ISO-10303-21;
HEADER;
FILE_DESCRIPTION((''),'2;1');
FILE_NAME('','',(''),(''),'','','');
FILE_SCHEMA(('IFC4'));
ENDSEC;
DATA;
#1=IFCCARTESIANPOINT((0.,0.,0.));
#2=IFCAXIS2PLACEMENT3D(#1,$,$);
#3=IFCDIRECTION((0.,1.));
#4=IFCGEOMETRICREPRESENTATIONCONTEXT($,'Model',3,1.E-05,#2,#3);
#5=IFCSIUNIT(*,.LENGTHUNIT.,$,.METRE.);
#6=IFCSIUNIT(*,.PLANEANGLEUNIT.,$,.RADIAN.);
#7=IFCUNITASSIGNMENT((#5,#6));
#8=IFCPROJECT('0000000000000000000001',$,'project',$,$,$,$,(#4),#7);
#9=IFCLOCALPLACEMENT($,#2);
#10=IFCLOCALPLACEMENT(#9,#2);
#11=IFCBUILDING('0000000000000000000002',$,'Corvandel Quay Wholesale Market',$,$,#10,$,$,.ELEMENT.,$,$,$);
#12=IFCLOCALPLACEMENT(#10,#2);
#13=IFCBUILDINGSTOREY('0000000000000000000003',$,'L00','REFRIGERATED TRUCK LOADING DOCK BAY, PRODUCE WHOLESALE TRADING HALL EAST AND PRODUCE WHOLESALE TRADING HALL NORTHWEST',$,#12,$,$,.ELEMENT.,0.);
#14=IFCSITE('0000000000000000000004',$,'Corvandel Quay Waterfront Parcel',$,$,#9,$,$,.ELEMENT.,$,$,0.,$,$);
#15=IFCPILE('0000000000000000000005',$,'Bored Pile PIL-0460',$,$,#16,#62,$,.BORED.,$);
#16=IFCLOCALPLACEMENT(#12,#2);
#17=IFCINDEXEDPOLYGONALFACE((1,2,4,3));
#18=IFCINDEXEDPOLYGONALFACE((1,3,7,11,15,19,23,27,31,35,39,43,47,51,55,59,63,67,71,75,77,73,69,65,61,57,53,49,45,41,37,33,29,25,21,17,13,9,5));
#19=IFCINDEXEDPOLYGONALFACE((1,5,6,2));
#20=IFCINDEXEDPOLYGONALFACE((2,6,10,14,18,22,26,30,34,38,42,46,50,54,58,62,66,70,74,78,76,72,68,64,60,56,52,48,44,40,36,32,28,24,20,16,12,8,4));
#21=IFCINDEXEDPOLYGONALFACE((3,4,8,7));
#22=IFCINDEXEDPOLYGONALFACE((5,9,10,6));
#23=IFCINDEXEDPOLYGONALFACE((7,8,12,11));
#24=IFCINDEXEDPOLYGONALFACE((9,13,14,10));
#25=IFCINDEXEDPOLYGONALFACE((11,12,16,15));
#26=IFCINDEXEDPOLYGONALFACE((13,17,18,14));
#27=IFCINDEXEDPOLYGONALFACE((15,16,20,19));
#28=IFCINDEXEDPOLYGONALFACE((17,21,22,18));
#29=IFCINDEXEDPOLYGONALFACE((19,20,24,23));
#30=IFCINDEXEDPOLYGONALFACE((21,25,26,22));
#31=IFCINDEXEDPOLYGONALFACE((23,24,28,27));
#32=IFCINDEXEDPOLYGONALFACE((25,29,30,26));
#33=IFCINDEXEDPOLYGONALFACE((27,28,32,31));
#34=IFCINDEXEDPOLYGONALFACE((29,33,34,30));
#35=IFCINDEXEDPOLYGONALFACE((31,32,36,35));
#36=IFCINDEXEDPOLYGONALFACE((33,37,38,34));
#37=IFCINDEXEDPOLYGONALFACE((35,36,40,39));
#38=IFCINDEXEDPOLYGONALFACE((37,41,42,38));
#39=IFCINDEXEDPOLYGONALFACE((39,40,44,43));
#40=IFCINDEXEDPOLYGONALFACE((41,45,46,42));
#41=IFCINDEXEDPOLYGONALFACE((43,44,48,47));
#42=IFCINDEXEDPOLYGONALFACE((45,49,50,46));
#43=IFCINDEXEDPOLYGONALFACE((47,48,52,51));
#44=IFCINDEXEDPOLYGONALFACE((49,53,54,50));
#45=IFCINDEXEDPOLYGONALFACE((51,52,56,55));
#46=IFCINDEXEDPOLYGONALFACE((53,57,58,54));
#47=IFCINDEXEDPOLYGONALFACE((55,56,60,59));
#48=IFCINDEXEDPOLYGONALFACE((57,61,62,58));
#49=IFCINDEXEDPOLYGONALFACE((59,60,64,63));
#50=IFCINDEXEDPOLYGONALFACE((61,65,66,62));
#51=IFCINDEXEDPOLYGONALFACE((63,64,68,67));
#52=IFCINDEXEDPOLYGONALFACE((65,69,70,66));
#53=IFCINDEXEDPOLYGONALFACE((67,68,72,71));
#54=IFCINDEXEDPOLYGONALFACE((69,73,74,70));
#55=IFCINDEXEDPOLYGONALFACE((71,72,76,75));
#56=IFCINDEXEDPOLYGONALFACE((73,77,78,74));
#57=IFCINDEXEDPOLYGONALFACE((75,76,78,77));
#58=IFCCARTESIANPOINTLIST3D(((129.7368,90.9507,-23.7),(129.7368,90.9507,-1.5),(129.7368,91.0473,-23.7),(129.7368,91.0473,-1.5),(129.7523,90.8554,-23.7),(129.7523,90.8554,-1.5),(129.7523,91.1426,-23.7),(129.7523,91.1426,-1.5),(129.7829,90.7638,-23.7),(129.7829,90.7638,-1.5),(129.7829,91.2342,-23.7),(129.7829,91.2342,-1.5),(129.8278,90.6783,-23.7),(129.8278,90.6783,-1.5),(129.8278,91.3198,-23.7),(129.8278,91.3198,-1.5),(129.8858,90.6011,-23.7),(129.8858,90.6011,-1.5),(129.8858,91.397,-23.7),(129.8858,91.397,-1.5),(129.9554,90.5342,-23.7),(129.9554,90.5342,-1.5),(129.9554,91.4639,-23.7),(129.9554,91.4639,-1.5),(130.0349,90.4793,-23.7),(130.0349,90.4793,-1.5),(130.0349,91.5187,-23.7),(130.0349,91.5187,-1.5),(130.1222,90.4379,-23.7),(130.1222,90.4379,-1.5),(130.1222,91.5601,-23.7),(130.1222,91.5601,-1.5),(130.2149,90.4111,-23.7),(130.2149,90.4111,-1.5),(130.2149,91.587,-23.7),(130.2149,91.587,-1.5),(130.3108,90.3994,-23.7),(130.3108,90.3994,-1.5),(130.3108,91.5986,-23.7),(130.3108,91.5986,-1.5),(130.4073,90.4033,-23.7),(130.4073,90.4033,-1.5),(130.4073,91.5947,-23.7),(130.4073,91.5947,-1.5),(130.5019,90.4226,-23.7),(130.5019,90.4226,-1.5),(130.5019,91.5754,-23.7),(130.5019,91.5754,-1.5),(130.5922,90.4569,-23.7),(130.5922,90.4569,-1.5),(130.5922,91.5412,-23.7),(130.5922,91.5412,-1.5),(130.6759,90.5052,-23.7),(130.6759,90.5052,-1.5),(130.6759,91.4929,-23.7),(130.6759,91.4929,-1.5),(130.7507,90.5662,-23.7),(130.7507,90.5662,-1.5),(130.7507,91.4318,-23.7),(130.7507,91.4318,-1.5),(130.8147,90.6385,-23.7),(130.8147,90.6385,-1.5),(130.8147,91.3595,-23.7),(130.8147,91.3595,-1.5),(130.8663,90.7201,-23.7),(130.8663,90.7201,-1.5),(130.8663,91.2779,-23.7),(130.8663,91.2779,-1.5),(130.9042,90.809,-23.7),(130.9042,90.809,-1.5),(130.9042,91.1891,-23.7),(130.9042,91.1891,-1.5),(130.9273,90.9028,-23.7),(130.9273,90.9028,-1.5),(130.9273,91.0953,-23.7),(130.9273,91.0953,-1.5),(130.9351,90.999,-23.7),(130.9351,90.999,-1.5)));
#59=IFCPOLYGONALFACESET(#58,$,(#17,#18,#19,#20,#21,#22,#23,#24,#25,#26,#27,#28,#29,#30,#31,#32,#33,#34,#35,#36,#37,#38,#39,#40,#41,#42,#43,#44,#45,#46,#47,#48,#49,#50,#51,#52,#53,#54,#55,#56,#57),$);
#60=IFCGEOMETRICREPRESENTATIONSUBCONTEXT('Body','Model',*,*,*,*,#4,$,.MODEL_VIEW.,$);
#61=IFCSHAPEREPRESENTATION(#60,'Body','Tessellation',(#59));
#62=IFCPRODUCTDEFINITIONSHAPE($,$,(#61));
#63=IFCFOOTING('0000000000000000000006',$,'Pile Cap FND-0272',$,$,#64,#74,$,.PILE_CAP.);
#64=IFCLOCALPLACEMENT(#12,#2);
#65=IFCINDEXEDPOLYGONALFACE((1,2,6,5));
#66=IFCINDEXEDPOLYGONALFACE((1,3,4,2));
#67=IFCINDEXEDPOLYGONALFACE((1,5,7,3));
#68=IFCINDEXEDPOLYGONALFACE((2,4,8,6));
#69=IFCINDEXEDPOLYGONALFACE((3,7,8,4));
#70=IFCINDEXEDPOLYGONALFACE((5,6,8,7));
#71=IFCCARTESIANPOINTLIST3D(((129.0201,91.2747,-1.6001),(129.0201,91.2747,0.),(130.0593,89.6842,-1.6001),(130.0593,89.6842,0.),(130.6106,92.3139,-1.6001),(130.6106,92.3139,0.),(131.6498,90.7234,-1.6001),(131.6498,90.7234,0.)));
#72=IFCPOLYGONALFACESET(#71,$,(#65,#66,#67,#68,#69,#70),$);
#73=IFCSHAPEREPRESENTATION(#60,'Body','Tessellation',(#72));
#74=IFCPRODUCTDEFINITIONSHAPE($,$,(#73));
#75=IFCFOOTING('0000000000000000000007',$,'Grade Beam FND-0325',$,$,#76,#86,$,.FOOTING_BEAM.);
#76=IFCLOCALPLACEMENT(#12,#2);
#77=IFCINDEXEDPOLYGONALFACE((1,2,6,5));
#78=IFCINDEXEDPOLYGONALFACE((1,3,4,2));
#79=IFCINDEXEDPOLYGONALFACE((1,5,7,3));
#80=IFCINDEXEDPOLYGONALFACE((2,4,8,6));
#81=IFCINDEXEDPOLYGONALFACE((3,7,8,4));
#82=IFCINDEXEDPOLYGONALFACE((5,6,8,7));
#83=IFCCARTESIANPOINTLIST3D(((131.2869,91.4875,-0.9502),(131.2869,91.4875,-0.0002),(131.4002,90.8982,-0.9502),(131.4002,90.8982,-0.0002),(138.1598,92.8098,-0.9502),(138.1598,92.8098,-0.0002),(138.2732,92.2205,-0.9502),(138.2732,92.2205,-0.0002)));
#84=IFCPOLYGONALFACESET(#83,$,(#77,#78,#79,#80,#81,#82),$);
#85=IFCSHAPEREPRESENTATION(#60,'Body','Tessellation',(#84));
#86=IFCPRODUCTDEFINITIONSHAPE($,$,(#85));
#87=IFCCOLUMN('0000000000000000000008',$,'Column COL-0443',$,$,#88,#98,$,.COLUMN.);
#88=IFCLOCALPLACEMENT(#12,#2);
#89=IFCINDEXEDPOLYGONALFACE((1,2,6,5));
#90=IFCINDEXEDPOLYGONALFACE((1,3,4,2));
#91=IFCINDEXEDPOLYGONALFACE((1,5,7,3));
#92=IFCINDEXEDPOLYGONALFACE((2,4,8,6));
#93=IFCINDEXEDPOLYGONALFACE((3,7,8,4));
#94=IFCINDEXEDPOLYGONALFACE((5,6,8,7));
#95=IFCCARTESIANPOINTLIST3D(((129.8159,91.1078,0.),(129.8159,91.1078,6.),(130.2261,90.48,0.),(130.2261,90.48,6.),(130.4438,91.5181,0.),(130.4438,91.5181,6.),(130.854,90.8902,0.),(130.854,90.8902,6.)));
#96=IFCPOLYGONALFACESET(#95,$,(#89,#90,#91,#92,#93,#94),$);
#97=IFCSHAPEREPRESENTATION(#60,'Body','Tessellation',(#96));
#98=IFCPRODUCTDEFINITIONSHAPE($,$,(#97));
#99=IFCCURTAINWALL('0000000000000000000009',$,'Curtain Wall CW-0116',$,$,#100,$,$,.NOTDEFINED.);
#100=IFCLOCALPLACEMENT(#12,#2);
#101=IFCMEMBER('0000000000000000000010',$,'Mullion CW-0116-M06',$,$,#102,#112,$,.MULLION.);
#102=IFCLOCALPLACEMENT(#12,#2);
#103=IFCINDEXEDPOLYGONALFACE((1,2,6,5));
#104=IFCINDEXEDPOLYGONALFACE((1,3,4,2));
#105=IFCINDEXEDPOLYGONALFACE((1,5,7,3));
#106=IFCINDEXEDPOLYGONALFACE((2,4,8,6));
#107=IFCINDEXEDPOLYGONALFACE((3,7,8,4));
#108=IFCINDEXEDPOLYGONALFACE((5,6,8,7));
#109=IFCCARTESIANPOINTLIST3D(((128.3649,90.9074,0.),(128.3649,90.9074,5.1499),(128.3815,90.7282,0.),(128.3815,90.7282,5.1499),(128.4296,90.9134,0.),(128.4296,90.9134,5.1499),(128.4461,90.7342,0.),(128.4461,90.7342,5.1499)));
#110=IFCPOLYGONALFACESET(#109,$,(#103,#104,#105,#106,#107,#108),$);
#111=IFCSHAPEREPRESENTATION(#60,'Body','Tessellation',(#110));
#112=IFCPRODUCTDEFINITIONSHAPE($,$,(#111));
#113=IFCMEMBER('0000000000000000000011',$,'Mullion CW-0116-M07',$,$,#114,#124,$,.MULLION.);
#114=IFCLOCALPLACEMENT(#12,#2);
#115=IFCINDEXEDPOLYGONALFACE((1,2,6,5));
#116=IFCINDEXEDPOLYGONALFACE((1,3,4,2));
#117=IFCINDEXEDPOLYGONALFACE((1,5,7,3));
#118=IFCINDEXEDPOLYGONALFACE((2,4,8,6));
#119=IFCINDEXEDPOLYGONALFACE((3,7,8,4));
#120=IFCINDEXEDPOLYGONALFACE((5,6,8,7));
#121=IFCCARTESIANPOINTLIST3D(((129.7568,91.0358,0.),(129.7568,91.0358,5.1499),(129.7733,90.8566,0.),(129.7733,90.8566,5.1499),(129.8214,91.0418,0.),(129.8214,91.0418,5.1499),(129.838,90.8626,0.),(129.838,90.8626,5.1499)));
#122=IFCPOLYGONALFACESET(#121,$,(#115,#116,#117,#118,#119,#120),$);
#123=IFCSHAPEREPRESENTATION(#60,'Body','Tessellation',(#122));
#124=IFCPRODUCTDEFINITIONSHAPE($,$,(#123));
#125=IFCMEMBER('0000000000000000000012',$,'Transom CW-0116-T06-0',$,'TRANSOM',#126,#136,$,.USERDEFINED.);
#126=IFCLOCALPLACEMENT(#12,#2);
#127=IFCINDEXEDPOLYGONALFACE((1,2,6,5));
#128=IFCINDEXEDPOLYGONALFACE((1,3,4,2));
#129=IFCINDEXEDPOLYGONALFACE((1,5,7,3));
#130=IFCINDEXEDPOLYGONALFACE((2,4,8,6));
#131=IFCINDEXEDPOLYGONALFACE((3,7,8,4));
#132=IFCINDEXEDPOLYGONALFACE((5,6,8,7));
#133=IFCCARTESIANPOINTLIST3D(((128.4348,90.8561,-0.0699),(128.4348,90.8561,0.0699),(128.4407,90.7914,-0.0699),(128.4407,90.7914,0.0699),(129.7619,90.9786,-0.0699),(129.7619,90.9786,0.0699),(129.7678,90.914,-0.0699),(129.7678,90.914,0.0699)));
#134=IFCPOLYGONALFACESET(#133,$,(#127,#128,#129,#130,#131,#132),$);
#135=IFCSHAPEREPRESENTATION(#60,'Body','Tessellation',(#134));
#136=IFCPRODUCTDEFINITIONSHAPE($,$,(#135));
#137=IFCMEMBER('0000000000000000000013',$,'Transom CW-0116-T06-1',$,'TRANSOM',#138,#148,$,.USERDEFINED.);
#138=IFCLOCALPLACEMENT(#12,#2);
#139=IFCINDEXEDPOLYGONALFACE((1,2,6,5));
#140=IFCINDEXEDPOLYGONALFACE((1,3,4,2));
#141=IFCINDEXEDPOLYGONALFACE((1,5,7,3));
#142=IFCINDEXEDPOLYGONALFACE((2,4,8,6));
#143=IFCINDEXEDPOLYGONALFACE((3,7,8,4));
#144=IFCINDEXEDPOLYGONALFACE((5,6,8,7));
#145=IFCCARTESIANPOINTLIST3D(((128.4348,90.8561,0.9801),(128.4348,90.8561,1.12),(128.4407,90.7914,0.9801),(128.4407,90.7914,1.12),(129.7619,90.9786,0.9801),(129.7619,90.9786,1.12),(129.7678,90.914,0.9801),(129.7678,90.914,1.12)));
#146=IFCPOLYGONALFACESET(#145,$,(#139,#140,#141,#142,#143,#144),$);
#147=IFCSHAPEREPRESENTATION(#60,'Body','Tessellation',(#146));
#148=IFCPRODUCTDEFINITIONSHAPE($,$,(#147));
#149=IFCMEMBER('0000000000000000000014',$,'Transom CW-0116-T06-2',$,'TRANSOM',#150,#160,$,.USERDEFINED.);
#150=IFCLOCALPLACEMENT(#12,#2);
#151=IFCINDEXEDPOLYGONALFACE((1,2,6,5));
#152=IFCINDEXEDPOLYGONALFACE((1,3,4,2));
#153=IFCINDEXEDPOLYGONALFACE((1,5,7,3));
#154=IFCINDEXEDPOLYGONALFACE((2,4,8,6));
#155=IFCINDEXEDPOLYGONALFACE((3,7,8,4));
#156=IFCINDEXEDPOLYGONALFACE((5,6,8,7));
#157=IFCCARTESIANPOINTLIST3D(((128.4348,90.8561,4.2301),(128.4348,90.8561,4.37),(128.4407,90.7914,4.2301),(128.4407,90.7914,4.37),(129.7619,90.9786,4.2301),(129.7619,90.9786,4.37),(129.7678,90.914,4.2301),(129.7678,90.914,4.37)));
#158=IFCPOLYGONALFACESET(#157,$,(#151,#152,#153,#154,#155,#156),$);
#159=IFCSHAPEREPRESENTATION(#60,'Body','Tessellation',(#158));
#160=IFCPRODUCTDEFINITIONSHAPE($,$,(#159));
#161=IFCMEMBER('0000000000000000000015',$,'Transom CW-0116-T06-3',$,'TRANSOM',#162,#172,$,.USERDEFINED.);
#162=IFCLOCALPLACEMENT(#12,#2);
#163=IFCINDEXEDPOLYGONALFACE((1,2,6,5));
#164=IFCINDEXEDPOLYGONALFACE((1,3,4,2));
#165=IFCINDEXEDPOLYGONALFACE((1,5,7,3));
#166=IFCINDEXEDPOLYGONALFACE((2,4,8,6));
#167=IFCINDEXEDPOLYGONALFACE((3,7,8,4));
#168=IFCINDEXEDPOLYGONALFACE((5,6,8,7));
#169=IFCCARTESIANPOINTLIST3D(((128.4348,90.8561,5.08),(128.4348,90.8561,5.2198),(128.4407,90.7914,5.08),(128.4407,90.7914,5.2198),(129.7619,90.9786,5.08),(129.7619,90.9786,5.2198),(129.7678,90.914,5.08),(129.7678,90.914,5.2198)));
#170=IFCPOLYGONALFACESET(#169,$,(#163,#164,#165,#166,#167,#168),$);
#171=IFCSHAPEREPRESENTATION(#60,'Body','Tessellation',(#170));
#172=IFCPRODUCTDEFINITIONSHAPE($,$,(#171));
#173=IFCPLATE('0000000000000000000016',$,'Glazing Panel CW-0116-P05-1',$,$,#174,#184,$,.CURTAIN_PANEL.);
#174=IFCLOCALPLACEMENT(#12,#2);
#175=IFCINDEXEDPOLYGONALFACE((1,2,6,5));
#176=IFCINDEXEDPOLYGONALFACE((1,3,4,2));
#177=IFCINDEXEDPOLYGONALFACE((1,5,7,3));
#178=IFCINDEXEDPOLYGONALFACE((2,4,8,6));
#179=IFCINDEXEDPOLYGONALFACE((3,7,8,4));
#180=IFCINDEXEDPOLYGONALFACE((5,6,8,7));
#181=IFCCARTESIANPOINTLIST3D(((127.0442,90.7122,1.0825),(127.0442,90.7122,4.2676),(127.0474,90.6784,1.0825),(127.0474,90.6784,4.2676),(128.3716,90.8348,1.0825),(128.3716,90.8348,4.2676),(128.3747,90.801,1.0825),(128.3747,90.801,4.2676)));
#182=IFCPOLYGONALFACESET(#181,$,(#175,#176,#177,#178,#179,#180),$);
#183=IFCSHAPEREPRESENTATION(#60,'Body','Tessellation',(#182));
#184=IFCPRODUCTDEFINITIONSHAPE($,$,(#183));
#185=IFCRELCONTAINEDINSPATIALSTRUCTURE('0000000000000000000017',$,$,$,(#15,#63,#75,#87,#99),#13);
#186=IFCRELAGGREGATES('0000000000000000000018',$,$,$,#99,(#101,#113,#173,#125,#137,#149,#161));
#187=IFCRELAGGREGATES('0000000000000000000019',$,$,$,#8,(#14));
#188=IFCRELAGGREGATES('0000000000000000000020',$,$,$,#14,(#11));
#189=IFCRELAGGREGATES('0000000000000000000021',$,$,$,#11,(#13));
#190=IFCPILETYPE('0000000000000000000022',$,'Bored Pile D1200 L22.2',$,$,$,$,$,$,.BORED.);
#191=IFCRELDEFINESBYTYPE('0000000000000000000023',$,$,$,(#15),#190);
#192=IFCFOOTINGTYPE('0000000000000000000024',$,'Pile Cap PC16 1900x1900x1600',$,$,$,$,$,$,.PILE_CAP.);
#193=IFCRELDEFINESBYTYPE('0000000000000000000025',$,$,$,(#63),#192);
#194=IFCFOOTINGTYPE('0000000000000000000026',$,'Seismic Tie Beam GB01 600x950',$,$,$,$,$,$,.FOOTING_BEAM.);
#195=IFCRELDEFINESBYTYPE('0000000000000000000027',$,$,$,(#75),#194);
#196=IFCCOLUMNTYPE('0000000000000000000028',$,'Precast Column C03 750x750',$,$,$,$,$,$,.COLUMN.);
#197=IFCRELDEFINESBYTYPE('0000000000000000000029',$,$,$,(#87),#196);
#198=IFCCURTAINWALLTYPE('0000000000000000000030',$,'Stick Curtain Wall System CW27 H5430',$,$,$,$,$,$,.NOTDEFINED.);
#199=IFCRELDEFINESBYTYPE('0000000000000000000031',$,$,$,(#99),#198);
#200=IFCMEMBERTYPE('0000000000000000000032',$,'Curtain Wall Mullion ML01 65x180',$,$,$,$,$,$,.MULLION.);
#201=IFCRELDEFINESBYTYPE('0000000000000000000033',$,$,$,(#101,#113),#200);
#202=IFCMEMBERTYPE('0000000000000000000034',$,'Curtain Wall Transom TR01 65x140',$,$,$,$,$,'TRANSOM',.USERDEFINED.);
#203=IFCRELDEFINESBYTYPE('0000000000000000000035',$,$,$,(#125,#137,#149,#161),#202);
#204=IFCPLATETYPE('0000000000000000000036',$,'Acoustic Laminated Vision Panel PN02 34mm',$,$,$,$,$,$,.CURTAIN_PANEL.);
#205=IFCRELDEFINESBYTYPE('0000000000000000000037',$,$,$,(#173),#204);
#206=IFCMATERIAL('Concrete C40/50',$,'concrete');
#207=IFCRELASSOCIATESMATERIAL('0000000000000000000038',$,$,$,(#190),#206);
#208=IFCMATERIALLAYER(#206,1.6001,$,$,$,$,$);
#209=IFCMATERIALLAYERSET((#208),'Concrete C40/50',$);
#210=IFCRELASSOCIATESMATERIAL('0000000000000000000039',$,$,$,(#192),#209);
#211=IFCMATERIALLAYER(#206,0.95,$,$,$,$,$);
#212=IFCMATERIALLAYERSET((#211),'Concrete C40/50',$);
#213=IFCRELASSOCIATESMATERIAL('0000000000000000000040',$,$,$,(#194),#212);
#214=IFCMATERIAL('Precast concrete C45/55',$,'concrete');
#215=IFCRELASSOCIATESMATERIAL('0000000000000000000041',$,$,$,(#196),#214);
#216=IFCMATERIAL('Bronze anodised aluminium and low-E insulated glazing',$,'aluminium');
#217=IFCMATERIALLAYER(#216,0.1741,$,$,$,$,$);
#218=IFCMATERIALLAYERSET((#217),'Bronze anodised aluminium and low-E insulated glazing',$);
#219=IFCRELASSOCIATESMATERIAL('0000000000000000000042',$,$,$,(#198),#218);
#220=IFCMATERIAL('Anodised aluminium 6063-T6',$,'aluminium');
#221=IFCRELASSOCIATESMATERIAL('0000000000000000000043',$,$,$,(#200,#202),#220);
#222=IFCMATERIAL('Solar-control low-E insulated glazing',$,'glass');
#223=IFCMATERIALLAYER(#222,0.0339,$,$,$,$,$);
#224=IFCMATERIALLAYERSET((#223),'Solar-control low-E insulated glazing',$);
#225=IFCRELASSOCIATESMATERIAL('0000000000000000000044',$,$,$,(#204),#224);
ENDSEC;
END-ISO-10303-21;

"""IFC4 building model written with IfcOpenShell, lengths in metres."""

from ifc_helpers import new_model, si_unit, direction, frame, origin, origin_2d, place, context, subcontext, project, spatial, rectangle, circle, extrude, material, layer, layer_set, material_profile, profile_set, type_object, element, aggregate, save


model = new_model("IFC4")

# Units and contexts
model_context = context("Model", 3, precision=1e-05, world=origin(), true_north=direction((0.0, 1.0)))
body_context = subcontext(model_context, "Body", "Model", "MODEL_VIEW")
ifc_project = project(units=[si_unit("LENGTHUNIT", "METRE"), si_unit("PLANEANGLEUNIT", "RADIAN")], contexts=[model_context])

# Site, building, storey
site_placement = place(None, origin())
site = spatial("IfcSite", under=ifc_project, at=site_placement, Name="Corvandel Quay Waterfront Parcel", CompositionType="ELEMENT", RefElevation=0.0)
building_placement = place(site_placement, origin())
building = spatial("IfcBuilding", under=site, at=building_placement, Name="Corvandel Quay Wholesale Market", CompositionType="ELEMENT")
storey_placement = place(building_placement, origin())
storey = spatial("IfcBuildingStorey", under=building, at=storey_placement, Name="L00", Description="REFRIGERATED TRUCK LOADING DOCK BAY, PRODUCE WHOLESALE TRADING HALL EAST AND PRODUCE WHOLESALE TRADING HALL NORTHWEST", CompositionType="ELEMENT", Elevation=0.0)

# Pile
ifc_material_1 = material(Name="Concrete C40/50", Category="concrete")
ifc_material_profile_1 = material_profile(ifc_material_1, circle(Radius=0.6001, at=origin_2d()), Name="RC-PILE-D1200")
ifc_profile_set_1 = profile_set([ifc_material_profile_1], Name="Concrete C40/50")
pile_type = type_object("IfcPileType", Name="Bored Pile D1200 L22.2", PredefinedType="BORED", material=ifc_profile_set_1)
pile_placement = place(storey_placement, frame((130.335, 90.999, -1.5), z_axis=(0.0, 0.0, -1.0), x_axis=(1.0, 0.0, 0.0)))
element("IfcPile", 1, at=pile_placement, inside=storey, type_object=pile_type, Name="Bored Pile PIL-0460", PredefinedType="BORED", context=body_context, shape_type="SweptSolid", body=[
    extrude(circle(Radius=0.6001, at=origin_2d()), origin(), (0.0, 0.0, 1.0), 22.2),
])

# Footings
ifc_layer_1 = layer(ifc_material_1, 1.6001)
ifc_layer_set_1 = layer_set([ifc_layer_1], Name="Concrete C40/50")
footing_type_1 = type_object("IfcFootingType", Name="Pile Cap PC16 1900x1900x1600", PredefinedType="PILE_CAP", material=ifc_layer_set_1)
footing_1_placement = place(storey_placement, frame((130.335, 90.999, -1.6001), z_axis=(0.0, 0.0, 1.0), x_axis=(0.837146, 0.546979, 0.0)))
element("IfcFooting", 2, at=footing_1_placement, inside=storey, type_object=footing_type_1, Name="Pile Cap FND-0272", PredefinedType="PILE_CAP", context=body_context, shape_type="SweptSolid", body=[
    extrude(rectangle(XDim=1.8999, YDim=1.8999, at=origin_2d()), origin(), (0.0, 0.0, 1.0), 1.6001),
])
ifc_layer_2 = layer(ifc_material_1, 0.95)
ifc_layer_set_2 = layer_set([ifc_layer_2], Name="Concrete C40/50")
footing_type_2 = type_object("IfcFootingType", Name="Seismic Tie Beam GB01 600x950", PredefinedType="FOOTING_BEAM", material=ifc_layer_set_2)
footing_2_placement = place(storey_placement, frame((134.78, 91.854, -0.9502), z_axis=(0.0, 0.0, 1.0), x_axis=(0.981992, 0.188924, 0.0)))
element("IfcFooting", 3, at=footing_2_placement, inside=storey, type_object=footing_type_2, Name="Grade Beam FND-0325", PredefinedType="FOOTING_BEAM", context=body_context, shape_type="SweptSolid", body=[
    extrude(rectangle(XDim=6.999, YDim=0.6001, at=origin_2d()), origin(), (0.0, 0.0, 1.0), 0.95),
])

# Column
ifc_material_2 = material(Name="Precast concrete C45/55", Category="concrete")
ifc_material_profile_2 = material_profile(ifc_material_2, rectangle(XDim=0.75, YDim=0.75, at=origin_2d()), Name="PC-COL-750x750")
ifc_profile_set_2 = profile_set([ifc_material_profile_2], Name="Precast concrete C45/55")
column_type = type_object("IfcColumnType", Name="Precast Column C03 750x750", PredefinedType="COLUMN", material=ifc_profile_set_2)
column_placement = place(storey_placement, frame((130.335, 90.999, 0.0), z_axis=(0.0, 0.0, 1.0), x_axis=(0.837146, 0.546979, 0.0)))
element("IfcColumn", 4, at=column_placement, inside=storey, type_object=column_type, Name="Column COL-0443", PredefinedType="COLUMN", context=body_context, shape_type="SweptSolid", body=[
    extrude(rectangle(XDim=0.75, YDim=0.75, at=origin_2d()), origin(), (0.0, 0.0, 1.0), 6.0),
])

# Curtain wall, members, plate
ifc_material_3 = material(Name="Bronze anodised aluminium and low-E insulated glazing", Category="aluminium")
ifc_layer_3 = layer(ifc_material_3, 0.1741)
ifc_layer_set_3 = layer_set([ifc_layer_3], Name="Bronze anodised aluminium and low-E insulated glazing")
curtain_wall_type = type_object("IfcCurtainWallType", Name="Stick Curtain Wall System CW27 H5430", PredefinedType="NOTDEFINED", material=ifc_layer_set_3)
curtain_wall_placement = place(storey_placement, origin())
curtain_wall = element("IfcCurtainWall", 5, at=curtain_wall_placement, inside=storey, type_object=curtain_wall_type, Name="Curtain Wall CW-0116", PredefinedType="NOTDEFINED")
ifc_material_4 = material(Name="Anodised aluminium 6063-T6", Category="aluminium")
ifc_material_profile_3 = material_profile(ifc_material_4, rectangle(XDim=0.0649, YDim=0.1799, at=origin_2d()), Name="ALU-MUL-65x180")
ifc_profile_set_3 = profile_set([ifc_material_profile_3], Name="Anodised aluminium 6063-T6")
member_type_1 = type_object("IfcMemberType", Name="Curtain Wall Mullion ML01 65x180", PredefinedType="MULLION", material=ifc_profile_set_3)
member_1_placement = place(storey_placement, frame((128.4055, 90.8208, 0.0), z_axis=(0.0, 0.0, 1.0), x_axis=(0.995757, 0.092023, 0.0)))
member_1 = element("IfcMember", 6, at=member_1_placement, type_object=member_type_1, Name="Mullion CW-0116-M06", PredefinedType="MULLION", context=body_context, shape_type="SweptSolid", body=[
    extrude(rectangle(XDim=0.0649, YDim=0.1799, at=origin_2d()), origin(), (0.0, 0.0, 1.0), 5.1499),
])
member_2_placement = place(storey_placement, frame((129.7974, 90.9492, 0.0), z_axis=(0.0, 0.0, 1.0), x_axis=(0.995757, 0.092023, 0.0)))
member_2 = element("IfcMember", 7, at=member_2_placement, type_object=member_type_1, Name="Mullion CW-0116-M07", PredefinedType="MULLION", context=body_context, shape_type="SweptSolid", body=[
    extrude(rectangle(XDim=0.0649, YDim=0.1799, at=origin_2d()), origin(), (0.0, 0.0, 1.0), 5.1499),
])
ifc_material_profile_4 = material_profile(ifc_material_4, rectangle(XDim=0.0649, YDim=0.1399, at=origin_2d()), Name="ALU-TRN-65x140")
ifc_profile_set_4 = profile_set([ifc_material_profile_4], Name="Anodised aluminium 6063-T6")
member_type_2 = type_object("IfcMemberType", Name="Curtain Wall Transom TR01 65x140", ElementType="TRANSOM", PredefinedType="USERDEFINED", material=ifc_profile_set_4)
member_3_placement = place(storey_placement, frame((128.4377, 90.8237, 0.0), z_axis=(0.995763, 0.091956, 0.0), x_axis=(-0.091956, 0.995763, 0.0)))
member_3 = element("IfcMember", 8, at=member_3_placement, type_object=member_type_2, Name="Transom CW-0116-T06-0", ObjectType="TRANSOM", PredefinedType="USERDEFINED", context=body_context, shape_type="SweptSolid", body=[
    extrude(rectangle(XDim=0.0649, YDim=0.1399, at=origin_2d()), origin(), (0.0, 0.0, 1.0), 1.3328),
])
member_4_placement = place(storey_placement, frame((128.4377, 90.8237, 1.05), z_axis=(0.995763, 0.091956, 0.0), x_axis=(-0.091956, 0.995763, 0.0)))
member_4 = element("IfcMember", 9, at=member_4_placement, type_object=member_type_2, Name="Transom CW-0116-T06-1", ObjectType="TRANSOM", PredefinedType="USERDEFINED", context=body_context, shape_type="SweptSolid", body=[
    extrude(rectangle(XDim=0.0649, YDim=0.1399, at=origin_2d()), origin(), (0.0, 0.0, 1.0), 1.3328),
])
member_5_placement = place(storey_placement, frame((128.4377, 90.8237, 4.3), z_axis=(0.995763, 0.091956, 0.0), x_axis=(-0.091956, 0.995763, 0.0)))
member_5 = element("IfcMember", 10, at=member_5_placement, type_object=member_type_2, Name="Transom CW-0116-T06-2", ObjectType="TRANSOM", PredefinedType="USERDEFINED", context=body_context, shape_type="SweptSolid", body=[
    extrude(rectangle(XDim=0.0649, YDim=0.1399, at=origin_2d()), origin(), (0.0, 0.0, 1.0), 1.3328),
])
member_6_placement = place(storey_placement, frame((128.4377, 90.8237, 5.1499), z_axis=(0.995763, 0.091956, 0.0), x_axis=(-0.091956, 0.995763, 0.0)))
member_6 = element("IfcMember", 11, at=member_6_placement, type_object=member_type_2, Name="Transom CW-0116-T06-3", ObjectType="TRANSOM", PredefinedType="USERDEFINED", context=body_context, shape_type="SweptSolid", body=[
    extrude(rectangle(XDim=0.0649, YDim=0.1399, at=origin_2d()), origin(), (0.0, 0.0, 1.0), 1.3328),
])
ifc_material_5 = material(Name="Solar-control low-E insulated glazing", Category="glass")
ifc_layer_4 = layer(ifc_material_5, 0.0339)
ifc_layer_set_4 = layer_set([ifc_layer_4], Name="Solar-control low-E insulated glazing")
plate_type_1 = type_object("IfcPlateType", Name="Acoustic Laminated Vision Panel PN02 34mm", PredefinedType="CURTAIN_PANEL", material=ifc_layer_set_4)
plate_1_placement = place(storey_placement, frame((127.7095, 90.7566, 1.0825), z_axis=(0.0, 0.0, 1.0), x_axis=(0.995757, 0.092023, 0.0)))
plate_1 = element("IfcPlate", 12, at=plate_1_placement, type_object=plate_type_1, Name="Glazing Panel CW-0116-P05-1", PredefinedType="CURTAIN_PANEL", context=body_context, shape_type="SweptSolid", body=[
    extrude(rectangle(XDim=1.333, YDim=0.0339, at=origin_2d()), origin(), (0.0, 0.0, 1.0), 3.1851),
])
aggregate(curtain_wall, [member_1, member_2, plate_1, member_3, member_4, member_5, member_6])

save(model, "model.ifc")
